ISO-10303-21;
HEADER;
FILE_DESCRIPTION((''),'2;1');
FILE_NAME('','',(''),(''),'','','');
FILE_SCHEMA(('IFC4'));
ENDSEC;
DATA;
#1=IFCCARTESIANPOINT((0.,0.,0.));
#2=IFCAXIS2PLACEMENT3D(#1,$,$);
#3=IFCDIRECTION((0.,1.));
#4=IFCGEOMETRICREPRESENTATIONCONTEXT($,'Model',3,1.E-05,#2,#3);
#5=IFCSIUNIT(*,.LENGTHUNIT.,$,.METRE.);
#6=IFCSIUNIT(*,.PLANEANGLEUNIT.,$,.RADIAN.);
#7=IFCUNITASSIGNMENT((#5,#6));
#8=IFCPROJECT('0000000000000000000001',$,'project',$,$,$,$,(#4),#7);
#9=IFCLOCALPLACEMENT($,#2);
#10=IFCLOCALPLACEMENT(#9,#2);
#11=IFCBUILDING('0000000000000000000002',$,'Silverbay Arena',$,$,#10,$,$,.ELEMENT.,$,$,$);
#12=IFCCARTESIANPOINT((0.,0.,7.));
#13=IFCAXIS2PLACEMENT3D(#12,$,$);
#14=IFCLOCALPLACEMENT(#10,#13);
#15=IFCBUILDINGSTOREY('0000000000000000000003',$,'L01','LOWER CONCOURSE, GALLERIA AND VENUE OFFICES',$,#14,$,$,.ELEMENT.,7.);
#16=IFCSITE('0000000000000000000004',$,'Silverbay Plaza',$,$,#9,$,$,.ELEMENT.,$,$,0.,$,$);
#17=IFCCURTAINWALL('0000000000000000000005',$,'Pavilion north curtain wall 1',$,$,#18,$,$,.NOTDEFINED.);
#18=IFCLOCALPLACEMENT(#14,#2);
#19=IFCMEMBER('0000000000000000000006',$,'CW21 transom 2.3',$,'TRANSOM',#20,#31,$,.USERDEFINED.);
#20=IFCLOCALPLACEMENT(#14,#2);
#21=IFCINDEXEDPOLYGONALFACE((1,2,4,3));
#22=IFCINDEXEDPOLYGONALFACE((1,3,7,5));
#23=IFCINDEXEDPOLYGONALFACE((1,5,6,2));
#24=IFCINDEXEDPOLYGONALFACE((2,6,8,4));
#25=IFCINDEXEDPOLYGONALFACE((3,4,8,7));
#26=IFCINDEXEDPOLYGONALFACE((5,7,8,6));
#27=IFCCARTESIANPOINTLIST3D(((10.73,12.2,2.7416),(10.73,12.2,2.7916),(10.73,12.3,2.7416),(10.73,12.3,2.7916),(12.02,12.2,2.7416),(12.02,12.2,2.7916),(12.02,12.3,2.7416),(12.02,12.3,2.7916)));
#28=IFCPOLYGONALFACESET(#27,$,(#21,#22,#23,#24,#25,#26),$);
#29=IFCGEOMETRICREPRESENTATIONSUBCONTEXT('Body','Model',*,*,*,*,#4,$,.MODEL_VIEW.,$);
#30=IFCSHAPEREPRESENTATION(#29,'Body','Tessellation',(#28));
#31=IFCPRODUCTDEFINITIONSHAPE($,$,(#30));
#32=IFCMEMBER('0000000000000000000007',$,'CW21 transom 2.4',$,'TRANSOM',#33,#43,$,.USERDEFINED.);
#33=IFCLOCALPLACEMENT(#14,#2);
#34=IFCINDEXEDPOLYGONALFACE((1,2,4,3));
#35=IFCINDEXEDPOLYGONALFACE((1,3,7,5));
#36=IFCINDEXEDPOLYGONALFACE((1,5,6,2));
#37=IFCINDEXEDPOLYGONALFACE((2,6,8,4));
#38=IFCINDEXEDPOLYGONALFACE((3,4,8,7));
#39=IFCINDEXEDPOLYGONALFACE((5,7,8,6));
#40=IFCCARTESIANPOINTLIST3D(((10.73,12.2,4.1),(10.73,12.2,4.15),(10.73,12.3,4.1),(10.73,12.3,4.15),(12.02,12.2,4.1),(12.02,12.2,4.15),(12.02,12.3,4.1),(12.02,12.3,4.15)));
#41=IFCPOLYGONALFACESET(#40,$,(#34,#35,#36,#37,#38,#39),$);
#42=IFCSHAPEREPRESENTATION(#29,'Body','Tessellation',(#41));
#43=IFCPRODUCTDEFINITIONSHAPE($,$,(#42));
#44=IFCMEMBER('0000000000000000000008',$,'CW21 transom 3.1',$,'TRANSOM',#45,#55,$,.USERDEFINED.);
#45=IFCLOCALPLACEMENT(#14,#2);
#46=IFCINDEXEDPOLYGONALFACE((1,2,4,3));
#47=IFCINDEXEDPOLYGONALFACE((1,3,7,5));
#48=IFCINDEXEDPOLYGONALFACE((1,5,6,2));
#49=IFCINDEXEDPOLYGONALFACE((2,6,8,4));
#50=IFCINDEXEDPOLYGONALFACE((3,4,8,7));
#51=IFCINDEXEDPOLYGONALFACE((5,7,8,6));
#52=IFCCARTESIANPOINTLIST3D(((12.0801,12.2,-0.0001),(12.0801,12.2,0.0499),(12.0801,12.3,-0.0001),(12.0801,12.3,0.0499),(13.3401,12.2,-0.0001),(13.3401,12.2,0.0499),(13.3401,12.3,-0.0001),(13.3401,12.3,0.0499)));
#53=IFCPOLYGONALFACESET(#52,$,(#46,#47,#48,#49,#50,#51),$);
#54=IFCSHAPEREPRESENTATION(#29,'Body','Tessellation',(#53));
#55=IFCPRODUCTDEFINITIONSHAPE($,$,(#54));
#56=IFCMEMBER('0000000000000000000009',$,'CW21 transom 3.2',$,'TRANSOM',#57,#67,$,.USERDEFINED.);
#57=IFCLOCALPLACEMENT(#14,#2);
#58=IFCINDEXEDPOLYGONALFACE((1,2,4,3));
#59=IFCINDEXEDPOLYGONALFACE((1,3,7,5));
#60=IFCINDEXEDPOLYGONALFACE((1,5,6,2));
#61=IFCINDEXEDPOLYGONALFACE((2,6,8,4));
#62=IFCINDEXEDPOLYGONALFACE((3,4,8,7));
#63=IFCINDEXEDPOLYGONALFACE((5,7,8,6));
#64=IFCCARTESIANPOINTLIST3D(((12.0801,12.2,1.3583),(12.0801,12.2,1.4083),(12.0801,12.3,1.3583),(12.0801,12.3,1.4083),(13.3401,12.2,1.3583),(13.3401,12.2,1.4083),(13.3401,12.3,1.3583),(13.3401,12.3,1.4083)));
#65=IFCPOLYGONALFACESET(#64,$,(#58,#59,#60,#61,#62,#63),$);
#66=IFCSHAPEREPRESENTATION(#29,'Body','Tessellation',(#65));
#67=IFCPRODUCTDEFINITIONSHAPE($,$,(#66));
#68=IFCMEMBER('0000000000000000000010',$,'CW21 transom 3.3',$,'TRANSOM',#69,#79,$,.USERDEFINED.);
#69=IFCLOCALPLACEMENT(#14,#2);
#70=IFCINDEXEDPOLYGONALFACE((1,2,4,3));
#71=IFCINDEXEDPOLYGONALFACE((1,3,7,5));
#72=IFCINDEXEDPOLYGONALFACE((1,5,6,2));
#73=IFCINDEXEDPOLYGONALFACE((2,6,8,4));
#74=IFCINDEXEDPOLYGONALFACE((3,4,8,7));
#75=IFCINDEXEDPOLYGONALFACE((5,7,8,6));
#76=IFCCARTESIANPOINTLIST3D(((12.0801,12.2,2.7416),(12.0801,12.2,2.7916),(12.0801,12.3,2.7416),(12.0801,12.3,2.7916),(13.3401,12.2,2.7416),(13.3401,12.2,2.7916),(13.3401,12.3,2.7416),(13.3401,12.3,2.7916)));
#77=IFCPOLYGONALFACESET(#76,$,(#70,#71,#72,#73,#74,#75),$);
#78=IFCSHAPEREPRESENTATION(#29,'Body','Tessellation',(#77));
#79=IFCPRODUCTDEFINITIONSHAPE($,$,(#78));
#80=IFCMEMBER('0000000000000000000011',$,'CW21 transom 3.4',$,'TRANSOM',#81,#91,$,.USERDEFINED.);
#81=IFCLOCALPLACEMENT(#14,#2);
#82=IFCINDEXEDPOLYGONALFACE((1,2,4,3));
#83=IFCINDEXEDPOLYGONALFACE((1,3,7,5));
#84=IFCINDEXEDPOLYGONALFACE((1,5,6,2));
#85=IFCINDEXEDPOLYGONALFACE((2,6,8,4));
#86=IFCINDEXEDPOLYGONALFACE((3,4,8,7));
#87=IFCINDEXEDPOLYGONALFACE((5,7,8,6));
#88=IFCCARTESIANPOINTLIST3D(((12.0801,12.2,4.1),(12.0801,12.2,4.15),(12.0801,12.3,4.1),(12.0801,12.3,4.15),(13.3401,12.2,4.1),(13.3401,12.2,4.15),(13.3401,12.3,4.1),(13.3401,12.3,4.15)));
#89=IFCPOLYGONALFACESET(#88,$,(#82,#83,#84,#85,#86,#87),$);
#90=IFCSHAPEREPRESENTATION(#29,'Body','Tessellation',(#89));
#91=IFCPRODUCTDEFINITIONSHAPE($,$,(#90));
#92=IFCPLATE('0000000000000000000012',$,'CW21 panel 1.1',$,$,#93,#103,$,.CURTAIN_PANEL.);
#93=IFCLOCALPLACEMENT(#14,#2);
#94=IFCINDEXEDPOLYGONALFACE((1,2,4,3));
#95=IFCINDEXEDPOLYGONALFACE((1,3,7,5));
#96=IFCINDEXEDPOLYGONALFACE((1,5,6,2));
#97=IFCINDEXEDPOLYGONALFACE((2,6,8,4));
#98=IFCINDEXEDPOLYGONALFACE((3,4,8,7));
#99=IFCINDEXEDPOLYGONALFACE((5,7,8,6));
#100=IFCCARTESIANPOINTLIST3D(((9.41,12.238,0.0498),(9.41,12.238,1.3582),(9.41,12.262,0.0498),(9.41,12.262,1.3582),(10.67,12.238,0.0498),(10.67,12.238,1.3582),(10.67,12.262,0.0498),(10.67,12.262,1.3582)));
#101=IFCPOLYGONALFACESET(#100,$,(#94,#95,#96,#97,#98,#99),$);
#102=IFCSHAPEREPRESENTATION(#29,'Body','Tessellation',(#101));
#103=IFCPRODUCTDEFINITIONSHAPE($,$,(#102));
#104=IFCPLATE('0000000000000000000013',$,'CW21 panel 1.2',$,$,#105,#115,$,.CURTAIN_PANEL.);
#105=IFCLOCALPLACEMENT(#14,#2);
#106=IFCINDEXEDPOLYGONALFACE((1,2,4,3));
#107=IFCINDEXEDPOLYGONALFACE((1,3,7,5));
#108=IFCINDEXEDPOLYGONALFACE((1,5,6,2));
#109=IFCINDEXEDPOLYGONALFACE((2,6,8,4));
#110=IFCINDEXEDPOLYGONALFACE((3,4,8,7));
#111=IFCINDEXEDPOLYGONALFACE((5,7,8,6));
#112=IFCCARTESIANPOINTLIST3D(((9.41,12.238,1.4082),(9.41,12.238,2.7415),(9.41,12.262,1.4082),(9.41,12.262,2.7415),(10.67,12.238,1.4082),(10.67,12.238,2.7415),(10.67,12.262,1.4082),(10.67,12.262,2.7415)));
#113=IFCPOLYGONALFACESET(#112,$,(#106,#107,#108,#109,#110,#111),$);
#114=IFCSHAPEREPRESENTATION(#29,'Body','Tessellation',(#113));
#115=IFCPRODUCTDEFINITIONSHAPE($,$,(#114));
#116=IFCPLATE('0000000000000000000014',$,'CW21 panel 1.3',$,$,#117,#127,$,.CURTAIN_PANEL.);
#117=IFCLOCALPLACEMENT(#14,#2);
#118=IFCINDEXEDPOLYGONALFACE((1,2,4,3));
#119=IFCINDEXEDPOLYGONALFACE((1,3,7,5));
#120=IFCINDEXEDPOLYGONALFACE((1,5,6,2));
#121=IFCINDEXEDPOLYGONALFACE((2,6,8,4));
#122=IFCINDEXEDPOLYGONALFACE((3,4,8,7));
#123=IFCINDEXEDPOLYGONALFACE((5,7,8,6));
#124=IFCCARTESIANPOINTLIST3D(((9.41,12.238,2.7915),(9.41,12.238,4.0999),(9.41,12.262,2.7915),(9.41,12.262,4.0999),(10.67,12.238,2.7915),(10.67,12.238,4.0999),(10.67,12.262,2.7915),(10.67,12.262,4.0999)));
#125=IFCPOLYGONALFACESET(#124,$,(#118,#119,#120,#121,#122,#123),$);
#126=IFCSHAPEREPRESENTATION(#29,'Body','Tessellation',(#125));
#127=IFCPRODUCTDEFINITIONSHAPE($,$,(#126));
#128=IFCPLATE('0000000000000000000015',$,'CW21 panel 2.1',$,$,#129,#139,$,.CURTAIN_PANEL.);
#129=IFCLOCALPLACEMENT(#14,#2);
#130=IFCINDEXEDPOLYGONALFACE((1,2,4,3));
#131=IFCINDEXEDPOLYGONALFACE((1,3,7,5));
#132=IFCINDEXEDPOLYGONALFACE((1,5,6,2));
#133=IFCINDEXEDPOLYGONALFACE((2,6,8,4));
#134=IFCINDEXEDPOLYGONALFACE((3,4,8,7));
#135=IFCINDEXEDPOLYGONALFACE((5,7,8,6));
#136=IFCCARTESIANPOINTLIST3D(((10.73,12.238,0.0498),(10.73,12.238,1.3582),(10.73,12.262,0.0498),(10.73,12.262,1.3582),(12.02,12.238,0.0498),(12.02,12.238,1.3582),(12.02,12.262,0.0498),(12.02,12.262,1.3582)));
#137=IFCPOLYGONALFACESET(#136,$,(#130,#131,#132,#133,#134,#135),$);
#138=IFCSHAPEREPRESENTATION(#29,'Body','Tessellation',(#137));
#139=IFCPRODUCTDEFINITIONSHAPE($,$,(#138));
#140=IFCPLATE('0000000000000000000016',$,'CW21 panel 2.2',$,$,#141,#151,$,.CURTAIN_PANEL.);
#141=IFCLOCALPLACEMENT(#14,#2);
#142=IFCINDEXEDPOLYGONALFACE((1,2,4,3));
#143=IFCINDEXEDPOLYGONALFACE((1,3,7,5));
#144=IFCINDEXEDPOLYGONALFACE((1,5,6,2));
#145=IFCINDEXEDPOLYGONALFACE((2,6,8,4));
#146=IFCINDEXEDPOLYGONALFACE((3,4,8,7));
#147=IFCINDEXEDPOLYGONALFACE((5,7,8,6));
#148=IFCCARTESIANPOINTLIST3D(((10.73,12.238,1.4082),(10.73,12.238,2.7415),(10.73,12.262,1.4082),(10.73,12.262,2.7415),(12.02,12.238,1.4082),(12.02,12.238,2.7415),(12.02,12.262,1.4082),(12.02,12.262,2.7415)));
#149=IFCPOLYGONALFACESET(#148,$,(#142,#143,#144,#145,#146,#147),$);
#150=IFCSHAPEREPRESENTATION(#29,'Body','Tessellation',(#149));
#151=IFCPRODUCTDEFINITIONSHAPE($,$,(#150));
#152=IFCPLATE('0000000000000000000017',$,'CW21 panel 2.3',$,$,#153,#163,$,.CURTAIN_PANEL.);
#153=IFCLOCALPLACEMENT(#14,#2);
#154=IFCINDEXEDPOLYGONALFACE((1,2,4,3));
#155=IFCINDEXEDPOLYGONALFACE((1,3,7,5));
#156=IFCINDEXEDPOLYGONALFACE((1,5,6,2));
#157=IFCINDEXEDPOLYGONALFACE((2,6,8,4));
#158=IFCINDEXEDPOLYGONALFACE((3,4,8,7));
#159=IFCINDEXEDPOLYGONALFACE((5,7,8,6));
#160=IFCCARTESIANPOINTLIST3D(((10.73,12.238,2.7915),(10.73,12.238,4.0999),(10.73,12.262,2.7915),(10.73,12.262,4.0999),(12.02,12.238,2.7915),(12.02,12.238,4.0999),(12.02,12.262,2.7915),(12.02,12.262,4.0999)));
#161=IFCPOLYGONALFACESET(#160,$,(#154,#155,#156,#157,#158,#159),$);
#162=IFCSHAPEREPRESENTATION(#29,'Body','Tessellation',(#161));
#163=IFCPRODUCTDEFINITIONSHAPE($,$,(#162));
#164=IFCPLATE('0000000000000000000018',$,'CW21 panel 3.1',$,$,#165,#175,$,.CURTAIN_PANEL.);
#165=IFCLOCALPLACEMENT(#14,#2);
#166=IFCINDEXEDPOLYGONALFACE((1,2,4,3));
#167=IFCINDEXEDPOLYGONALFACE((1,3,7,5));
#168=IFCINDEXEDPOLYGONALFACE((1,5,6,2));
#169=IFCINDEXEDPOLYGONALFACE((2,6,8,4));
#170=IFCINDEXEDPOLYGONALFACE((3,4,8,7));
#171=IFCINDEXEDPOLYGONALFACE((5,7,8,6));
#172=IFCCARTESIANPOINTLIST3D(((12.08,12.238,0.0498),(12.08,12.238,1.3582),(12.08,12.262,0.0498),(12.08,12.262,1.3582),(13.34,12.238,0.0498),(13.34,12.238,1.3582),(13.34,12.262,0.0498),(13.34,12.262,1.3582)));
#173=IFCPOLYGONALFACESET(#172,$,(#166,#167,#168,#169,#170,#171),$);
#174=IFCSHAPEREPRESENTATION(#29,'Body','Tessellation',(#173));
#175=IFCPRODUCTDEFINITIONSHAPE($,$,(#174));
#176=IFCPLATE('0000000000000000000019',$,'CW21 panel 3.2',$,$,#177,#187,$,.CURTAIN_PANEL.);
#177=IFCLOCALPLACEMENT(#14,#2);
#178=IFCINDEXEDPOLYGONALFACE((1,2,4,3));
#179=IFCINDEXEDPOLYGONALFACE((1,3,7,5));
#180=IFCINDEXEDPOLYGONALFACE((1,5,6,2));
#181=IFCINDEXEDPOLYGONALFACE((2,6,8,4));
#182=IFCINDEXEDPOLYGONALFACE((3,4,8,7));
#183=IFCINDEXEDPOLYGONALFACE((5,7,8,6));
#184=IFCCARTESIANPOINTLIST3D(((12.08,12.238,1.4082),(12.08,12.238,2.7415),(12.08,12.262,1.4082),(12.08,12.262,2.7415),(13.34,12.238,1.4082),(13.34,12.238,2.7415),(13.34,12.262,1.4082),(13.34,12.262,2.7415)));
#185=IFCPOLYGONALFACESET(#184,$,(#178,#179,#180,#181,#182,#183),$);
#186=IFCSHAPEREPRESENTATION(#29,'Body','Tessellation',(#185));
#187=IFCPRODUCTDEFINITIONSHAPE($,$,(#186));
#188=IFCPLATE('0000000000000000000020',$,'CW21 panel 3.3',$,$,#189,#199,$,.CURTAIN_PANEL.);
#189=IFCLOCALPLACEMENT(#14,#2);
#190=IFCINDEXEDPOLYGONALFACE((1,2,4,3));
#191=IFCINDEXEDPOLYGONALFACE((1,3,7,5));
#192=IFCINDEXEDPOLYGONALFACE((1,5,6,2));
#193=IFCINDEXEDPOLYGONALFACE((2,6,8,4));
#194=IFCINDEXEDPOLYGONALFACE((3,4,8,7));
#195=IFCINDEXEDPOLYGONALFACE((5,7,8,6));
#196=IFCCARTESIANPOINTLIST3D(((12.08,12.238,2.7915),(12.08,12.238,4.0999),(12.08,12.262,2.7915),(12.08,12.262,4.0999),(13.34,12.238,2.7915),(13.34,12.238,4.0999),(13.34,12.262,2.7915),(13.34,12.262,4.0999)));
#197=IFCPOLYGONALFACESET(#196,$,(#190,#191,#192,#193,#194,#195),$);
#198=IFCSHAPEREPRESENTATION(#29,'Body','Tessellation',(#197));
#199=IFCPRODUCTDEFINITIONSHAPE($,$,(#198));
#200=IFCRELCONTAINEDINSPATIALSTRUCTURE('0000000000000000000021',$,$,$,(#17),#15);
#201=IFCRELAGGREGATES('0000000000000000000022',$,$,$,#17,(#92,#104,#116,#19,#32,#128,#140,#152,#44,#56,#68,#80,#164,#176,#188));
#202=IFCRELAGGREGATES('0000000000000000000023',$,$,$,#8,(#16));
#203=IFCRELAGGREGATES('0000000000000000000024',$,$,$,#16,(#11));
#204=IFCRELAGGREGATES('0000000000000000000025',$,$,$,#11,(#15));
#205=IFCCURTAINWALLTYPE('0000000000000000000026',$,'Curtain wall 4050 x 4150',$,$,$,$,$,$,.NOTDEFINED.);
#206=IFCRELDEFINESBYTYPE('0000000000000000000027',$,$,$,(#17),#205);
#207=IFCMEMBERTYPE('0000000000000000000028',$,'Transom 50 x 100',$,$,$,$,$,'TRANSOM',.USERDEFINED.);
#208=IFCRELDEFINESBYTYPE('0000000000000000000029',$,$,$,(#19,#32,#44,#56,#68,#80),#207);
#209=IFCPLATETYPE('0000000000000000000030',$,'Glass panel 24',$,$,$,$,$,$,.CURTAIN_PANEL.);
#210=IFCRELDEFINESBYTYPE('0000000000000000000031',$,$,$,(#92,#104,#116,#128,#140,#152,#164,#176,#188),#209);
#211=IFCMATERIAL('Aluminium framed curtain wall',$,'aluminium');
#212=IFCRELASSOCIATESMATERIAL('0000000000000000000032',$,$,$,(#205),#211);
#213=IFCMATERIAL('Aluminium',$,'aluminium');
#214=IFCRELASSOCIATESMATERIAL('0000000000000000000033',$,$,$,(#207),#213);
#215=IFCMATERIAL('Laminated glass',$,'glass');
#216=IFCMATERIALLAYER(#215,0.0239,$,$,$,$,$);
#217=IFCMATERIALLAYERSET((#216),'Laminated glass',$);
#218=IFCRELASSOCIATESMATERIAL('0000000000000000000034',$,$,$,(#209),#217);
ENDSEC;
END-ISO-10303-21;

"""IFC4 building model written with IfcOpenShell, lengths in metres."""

from ifc_helpers import new_model, si_unit, direction, frame, origin, origin_2d, place, context, subcontext, project, spatial, rectangle, extrude, material, layer, layer_set, material_profile, profile_set, type_object, element, aggregate, save


model = new_model("IFC4")

# Units and contexts
model_context = context("Model", 3, precision=1e-05, world=origin(), true_north=direction((0.0, 1.0)))
body_context = subcontext(model_context, "Body", "Model", "MODEL_VIEW")
ifc_project = project(units=[si_unit("LENGTHUNIT", "METRE"), si_unit("PLANEANGLEUNIT", "RADIAN")], contexts=[model_context])

# Site, building, storey
site_placement = place(None, origin())
site = spatial("IfcSite", under=ifc_project, at=site_placement, Name="Silverbay Plaza", CompositionType="ELEMENT", RefElevation=0.0)
building_placement = place(site_placement, origin())
building = spatial("IfcBuilding", under=site, at=building_placement, Name="Silverbay Arena", CompositionType="ELEMENT")
storey_placement = place(building_placement, frame((0.0, 0.0, 7.0)))
storey = spatial("IfcBuildingStorey", under=building, at=storey_placement, Name="L01", Description="LOWER CONCOURSE, GALLERIA AND VENUE OFFICES", CompositionType="ELEMENT", Elevation=7.0)

# Curtain wall
ifc_material_1 = material(Name="Aluminium framed curtain wall", Category="aluminium")
curtain_wall_type = type_object("IfcCurtainWallType", Name="Curtain wall 4050 x 4150", PredefinedType="NOTDEFINED", material=ifc_material_1)
curtain_wall_1_placement = place(storey_placement, origin())
curtain_wall_1 = element("IfcCurtainWall", 1, at=curtain_wall_1_placement, inside=storey, type_object=curtain_wall_type, Name="Pavilion north curtain wall 1", PredefinedType="NOTDEFINED")

# Members
ifc_material_2 = material(Name="Aluminium", Category="aluminium")
ifc_material_profile_1 = material_profile(ifc_material_2, rectangle(XDim=0.1001, YDim=0.05, at=origin_2d()), Name="Transom 50 x 100")
ifc_profile_set_1 = profile_set([ifc_material_profile_1], Name="Aluminium")
member_type_1 = type_object("IfcMemberType", Name="Transom 50 x 100", ElementType="TRANSOM", PredefinedType="USERDEFINED", material=ifc_profile_set_1)
member_1_placement = place(storey_placement, frame((10.73, 12.25, 2.7666), z_axis=(1.0, 0.0, 0.0), x_axis=(0.0, 1.0, 0.0)))
member_1 = element("IfcMember", 2, at=member_1_placement, type_object=member_type_1, Name="CW21 transom 2.3", ObjectType="TRANSOM", PredefinedType="USERDEFINED", context=body_context, shape_type="SweptSolid", body=[
    extrude(rectangle(XDim=0.1001, YDim=0.05, at=origin_2d()), origin(), (0.0, 0.0, 1.0), 1.29),
])
member_2_placement = place(storey_placement, frame((10.73, 12.25, 4.125), z_axis=(1.0, 0.0, 0.0), x_axis=(0.0, 1.0, 0.0)))
member_2 = element("IfcMember", 3, at=member_2_placement, type_object=member_type_1, Name="CW21 transom 2.4", ObjectType="TRANSOM", PredefinedType="USERDEFINED", context=body_context, shape_type="SweptSolid", body=[
    extrude(rectangle(XDim=0.1001, YDim=0.05, at=origin_2d()), origin(), (0.0, 0.0, 1.0), 1.29),
])
member_3_placement = place(storey_placement, frame((12.0801, 12.25, 0.0249), z_axis=(1.0, 0.0, 0.0), x_axis=(0.0, 1.0, 0.0)))
member_3 = element("IfcMember", 4, at=member_3_placement, type_object=member_type_1, Name="CW21 transom 3.1", ObjectType="TRANSOM", PredefinedType="USERDEFINED", context=body_context, shape_type="SweptSolid", body=[
    extrude(rectangle(XDim=0.1001, YDim=0.05, at=origin_2d()), origin(), (0.0, 0.0, 1.0), 1.26),
])
member_4_placement = place(storey_placement, frame((12.0801, 12.25, 1.3833), z_axis=(1.0, 0.0, 0.0), x_axis=(0.0, 1.0, 0.0)))
member_4 = element("IfcMember", 5, at=member_4_placement, type_object=member_type_1, Name="CW21 transom 3.2", ObjectType="TRANSOM", PredefinedType="USERDEFINED", context=body_context, shape_type="SweptSolid", body=[
    extrude(rectangle(XDim=0.1001, YDim=0.05, at=origin_2d()), origin(), (0.0, 0.0, 1.0), 1.26),
])
member_5_placement = place(storey_placement, frame((12.0801, 12.25, 2.7666), z_axis=(1.0, 0.0, 0.0), x_axis=(0.0, 1.0, 0.0)))
member_5 = element("IfcMember", 6, at=member_5_placement, type_object=member_type_1, Name="CW21 transom 3.3", ObjectType="TRANSOM", PredefinedType="USERDEFINED", context=body_context, shape_type="SweptSolid", body=[
    extrude(rectangle(XDim=0.1001, YDim=0.05, at=origin_2d()), origin(), (0.0, 0.0, 1.0), 1.26),
])
member_6_placement = place(storey_placement, frame((12.0801, 12.25, 4.125), z_axis=(1.0, 0.0, 0.0), x_axis=(0.0, 1.0, 0.0)))
member_6 = element("IfcMember", 7, at=member_6_placement, type_object=member_type_1, Name="CW21 transom 3.4", ObjectType="TRANSOM", PredefinedType="USERDEFINED", context=body_context, shape_type="SweptSolid", body=[
    extrude(rectangle(XDim=0.1001, YDim=0.05, at=origin_2d()), origin(), (0.0, 0.0, 1.0), 1.26),
])

# Plates
ifc_material_3 = material(Name="Laminated glass", Category="glass")
ifc_layer = layer(ifc_material_3, 0.0239)
ifc_layer_set = layer_set([ifc_layer], Name="Laminated glass")
plate_type = type_object("IfcPlateType", Name="Glass panel 24", PredefinedType="CURTAIN_PANEL", material=ifc_layer_set)
plate_1_placement = place(storey_placement, frame((10.04, 12.25, 0.0498), z_axis=(0.0, 0.0, 1.0), x_axis=(1.0, 0.0, 0.0)))
plate_1 = element("IfcPlate", 8, at=plate_1_placement, type_object=plate_type, Name="CW21 panel 1.1", PredefinedType="CURTAIN_PANEL", context=body_context, shape_type="SweptSolid", body=[
    extrude(rectangle(XDim=1.26, YDim=0.0239, at=origin_2d()), origin(), (0.0, 0.0, 1.0), 1.3083),
])
plate_2_placement = place(storey_placement, frame((10.04, 12.25, 1.4082), z_axis=(0.0, 0.0, 1.0), x_axis=(1.0, 0.0, 0.0)))
plate_2 = element("IfcPlate", 9, at=plate_2_placement, type_object=plate_type, Name="CW21 panel 1.2", PredefinedType="CURTAIN_PANEL", context=body_context, shape_type="SweptSolid", body=[
    extrude(rectangle(XDim=1.26, YDim=0.0239, at=origin_2d()), origin(), (0.0, 0.0, 1.0), 1.3333),
])
plate_3_placement = place(storey_placement, frame((10.04, 12.25, 2.7915), z_axis=(0.0, 0.0, 1.0), x_axis=(1.0, 0.0, 0.0)))
plate_3 = element("IfcPlate", 10, at=plate_3_placement, type_object=plate_type, Name="CW21 panel 1.3", PredefinedType="CURTAIN_PANEL", context=body_context, shape_type="SweptSolid", body=[
    extrude(rectangle(XDim=1.26, YDim=0.0239, at=origin_2d()), origin(), (0.0, 0.0, 1.0), 1.3083),
])
plate_4_placement = place(storey_placement, frame((11.375, 12.25, 0.0498), z_axis=(0.0, 0.0, 1.0), x_axis=(1.0, 0.0, 0.0)))
plate_4 = element("IfcPlate", 11, at=plate_4_placement, type_object=plate_type, Name="CW21 panel 2.1", PredefinedType="CURTAIN_PANEL", context=body_context, shape_type="SweptSolid", body=[
    extrude(rectangle(XDim=1.29, YDim=0.0239, at=origin_2d()), origin(), (0.0, 0.0, 1.0), 1.3083),
])
plate_5_placement = place(storey_placement, frame((11.375, 12.25, 1.4082), z_axis=(0.0, 0.0, 1.0), x_axis=(1.0, 0.0, 0.0)))
plate_5 = element("IfcPlate", 12, at=plate_5_placement, type_object=plate_type, Name="CW21 panel 2.2", PredefinedType="CURTAIN_PANEL", context=body_context, shape_type="SweptSolid", body=[
    extrude(rectangle(XDim=1.29, YDim=0.0239, at=origin_2d()), origin(), (0.0, 0.0, 1.0), 1.3333),
])
plate_6_placement = place(storey_placement, frame((11.375, 12.25, 2.7915), z_axis=(0.0, 0.0, 1.0), x_axis=(1.0, 0.0, 0.0)))
plate_6 = element("IfcPlate", 13, at=plate_6_placement, type_object=plate_type, Name="CW21 panel 2.3", PredefinedType="CURTAIN_PANEL", context=body_context, shape_type="SweptSolid", body=[
    extrude(rectangle(XDim=1.29, YDim=0.0239, at=origin_2d()), origin(), (0.0, 0.0, 1.0), 1.3083),
])
plate_7_placement = place(storey_placement, frame((12.71, 12.25, 0.0498), z_axis=(0.0, 0.0, 1.0), x_axis=(1.0, 0.0, 0.0)))
plate_7 = element("IfcPlate", 14, at=plate_7_placement, type_object=plate_type, Name="CW21 panel 3.1", PredefinedType="CURTAIN_PANEL", context=body_context, shape_type="SweptSolid", body=[
    extrude(rectangle(XDim=1.26, YDim=0.0239, at=origin_2d()), origin(), (0.0, 0.0, 1.0), 1.3083),
])
plate_8_placement = place(storey_placement, frame((12.71, 12.25, 1.4082), z_axis=(0.0, 0.0, 1.0), x_axis=(1.0, 0.0, 0.0)))
plate_8 = element("IfcPlate", 15, at=plate_8_placement, type_object=plate_type, Name="CW21 panel 3.2", PredefinedType="CURTAIN_PANEL", context=body_context, shape_type="SweptSolid", body=[
    extrude(rectangle(XDim=1.26, YDim=0.0239, at=origin_2d()), origin(), (0.0, 0.0, 1.0), 1.3333),
])
plate_9_placement = place(storey_placement, frame((12.71, 12.25, 2.7915), z_axis=(0.0, 0.0, 1.0), x_axis=(1.0, 0.0, 0.0)))
plate_9 = element("IfcPlate", 16, at=plate_9_placement, type_object=plate_type, Name="CW21 panel 3.3", PredefinedType="CURTAIN_PANEL", context=body_context, shape_type="SweptSolid", body=[
    extrude(rectangle(XDim=1.26, YDim=0.0239, at=origin_2d()), origin(), (0.0, 0.0, 1.0), 1.3083),
])
aggregate(curtain_wall_1, [plate_1, plate_2, plate_3, member_1, member_2, plate_4, plate_5, plate_6, member_3, member_4, member_5, member_6, plate_7, plate_8, plate_9])

save(model, "model.ifc")
